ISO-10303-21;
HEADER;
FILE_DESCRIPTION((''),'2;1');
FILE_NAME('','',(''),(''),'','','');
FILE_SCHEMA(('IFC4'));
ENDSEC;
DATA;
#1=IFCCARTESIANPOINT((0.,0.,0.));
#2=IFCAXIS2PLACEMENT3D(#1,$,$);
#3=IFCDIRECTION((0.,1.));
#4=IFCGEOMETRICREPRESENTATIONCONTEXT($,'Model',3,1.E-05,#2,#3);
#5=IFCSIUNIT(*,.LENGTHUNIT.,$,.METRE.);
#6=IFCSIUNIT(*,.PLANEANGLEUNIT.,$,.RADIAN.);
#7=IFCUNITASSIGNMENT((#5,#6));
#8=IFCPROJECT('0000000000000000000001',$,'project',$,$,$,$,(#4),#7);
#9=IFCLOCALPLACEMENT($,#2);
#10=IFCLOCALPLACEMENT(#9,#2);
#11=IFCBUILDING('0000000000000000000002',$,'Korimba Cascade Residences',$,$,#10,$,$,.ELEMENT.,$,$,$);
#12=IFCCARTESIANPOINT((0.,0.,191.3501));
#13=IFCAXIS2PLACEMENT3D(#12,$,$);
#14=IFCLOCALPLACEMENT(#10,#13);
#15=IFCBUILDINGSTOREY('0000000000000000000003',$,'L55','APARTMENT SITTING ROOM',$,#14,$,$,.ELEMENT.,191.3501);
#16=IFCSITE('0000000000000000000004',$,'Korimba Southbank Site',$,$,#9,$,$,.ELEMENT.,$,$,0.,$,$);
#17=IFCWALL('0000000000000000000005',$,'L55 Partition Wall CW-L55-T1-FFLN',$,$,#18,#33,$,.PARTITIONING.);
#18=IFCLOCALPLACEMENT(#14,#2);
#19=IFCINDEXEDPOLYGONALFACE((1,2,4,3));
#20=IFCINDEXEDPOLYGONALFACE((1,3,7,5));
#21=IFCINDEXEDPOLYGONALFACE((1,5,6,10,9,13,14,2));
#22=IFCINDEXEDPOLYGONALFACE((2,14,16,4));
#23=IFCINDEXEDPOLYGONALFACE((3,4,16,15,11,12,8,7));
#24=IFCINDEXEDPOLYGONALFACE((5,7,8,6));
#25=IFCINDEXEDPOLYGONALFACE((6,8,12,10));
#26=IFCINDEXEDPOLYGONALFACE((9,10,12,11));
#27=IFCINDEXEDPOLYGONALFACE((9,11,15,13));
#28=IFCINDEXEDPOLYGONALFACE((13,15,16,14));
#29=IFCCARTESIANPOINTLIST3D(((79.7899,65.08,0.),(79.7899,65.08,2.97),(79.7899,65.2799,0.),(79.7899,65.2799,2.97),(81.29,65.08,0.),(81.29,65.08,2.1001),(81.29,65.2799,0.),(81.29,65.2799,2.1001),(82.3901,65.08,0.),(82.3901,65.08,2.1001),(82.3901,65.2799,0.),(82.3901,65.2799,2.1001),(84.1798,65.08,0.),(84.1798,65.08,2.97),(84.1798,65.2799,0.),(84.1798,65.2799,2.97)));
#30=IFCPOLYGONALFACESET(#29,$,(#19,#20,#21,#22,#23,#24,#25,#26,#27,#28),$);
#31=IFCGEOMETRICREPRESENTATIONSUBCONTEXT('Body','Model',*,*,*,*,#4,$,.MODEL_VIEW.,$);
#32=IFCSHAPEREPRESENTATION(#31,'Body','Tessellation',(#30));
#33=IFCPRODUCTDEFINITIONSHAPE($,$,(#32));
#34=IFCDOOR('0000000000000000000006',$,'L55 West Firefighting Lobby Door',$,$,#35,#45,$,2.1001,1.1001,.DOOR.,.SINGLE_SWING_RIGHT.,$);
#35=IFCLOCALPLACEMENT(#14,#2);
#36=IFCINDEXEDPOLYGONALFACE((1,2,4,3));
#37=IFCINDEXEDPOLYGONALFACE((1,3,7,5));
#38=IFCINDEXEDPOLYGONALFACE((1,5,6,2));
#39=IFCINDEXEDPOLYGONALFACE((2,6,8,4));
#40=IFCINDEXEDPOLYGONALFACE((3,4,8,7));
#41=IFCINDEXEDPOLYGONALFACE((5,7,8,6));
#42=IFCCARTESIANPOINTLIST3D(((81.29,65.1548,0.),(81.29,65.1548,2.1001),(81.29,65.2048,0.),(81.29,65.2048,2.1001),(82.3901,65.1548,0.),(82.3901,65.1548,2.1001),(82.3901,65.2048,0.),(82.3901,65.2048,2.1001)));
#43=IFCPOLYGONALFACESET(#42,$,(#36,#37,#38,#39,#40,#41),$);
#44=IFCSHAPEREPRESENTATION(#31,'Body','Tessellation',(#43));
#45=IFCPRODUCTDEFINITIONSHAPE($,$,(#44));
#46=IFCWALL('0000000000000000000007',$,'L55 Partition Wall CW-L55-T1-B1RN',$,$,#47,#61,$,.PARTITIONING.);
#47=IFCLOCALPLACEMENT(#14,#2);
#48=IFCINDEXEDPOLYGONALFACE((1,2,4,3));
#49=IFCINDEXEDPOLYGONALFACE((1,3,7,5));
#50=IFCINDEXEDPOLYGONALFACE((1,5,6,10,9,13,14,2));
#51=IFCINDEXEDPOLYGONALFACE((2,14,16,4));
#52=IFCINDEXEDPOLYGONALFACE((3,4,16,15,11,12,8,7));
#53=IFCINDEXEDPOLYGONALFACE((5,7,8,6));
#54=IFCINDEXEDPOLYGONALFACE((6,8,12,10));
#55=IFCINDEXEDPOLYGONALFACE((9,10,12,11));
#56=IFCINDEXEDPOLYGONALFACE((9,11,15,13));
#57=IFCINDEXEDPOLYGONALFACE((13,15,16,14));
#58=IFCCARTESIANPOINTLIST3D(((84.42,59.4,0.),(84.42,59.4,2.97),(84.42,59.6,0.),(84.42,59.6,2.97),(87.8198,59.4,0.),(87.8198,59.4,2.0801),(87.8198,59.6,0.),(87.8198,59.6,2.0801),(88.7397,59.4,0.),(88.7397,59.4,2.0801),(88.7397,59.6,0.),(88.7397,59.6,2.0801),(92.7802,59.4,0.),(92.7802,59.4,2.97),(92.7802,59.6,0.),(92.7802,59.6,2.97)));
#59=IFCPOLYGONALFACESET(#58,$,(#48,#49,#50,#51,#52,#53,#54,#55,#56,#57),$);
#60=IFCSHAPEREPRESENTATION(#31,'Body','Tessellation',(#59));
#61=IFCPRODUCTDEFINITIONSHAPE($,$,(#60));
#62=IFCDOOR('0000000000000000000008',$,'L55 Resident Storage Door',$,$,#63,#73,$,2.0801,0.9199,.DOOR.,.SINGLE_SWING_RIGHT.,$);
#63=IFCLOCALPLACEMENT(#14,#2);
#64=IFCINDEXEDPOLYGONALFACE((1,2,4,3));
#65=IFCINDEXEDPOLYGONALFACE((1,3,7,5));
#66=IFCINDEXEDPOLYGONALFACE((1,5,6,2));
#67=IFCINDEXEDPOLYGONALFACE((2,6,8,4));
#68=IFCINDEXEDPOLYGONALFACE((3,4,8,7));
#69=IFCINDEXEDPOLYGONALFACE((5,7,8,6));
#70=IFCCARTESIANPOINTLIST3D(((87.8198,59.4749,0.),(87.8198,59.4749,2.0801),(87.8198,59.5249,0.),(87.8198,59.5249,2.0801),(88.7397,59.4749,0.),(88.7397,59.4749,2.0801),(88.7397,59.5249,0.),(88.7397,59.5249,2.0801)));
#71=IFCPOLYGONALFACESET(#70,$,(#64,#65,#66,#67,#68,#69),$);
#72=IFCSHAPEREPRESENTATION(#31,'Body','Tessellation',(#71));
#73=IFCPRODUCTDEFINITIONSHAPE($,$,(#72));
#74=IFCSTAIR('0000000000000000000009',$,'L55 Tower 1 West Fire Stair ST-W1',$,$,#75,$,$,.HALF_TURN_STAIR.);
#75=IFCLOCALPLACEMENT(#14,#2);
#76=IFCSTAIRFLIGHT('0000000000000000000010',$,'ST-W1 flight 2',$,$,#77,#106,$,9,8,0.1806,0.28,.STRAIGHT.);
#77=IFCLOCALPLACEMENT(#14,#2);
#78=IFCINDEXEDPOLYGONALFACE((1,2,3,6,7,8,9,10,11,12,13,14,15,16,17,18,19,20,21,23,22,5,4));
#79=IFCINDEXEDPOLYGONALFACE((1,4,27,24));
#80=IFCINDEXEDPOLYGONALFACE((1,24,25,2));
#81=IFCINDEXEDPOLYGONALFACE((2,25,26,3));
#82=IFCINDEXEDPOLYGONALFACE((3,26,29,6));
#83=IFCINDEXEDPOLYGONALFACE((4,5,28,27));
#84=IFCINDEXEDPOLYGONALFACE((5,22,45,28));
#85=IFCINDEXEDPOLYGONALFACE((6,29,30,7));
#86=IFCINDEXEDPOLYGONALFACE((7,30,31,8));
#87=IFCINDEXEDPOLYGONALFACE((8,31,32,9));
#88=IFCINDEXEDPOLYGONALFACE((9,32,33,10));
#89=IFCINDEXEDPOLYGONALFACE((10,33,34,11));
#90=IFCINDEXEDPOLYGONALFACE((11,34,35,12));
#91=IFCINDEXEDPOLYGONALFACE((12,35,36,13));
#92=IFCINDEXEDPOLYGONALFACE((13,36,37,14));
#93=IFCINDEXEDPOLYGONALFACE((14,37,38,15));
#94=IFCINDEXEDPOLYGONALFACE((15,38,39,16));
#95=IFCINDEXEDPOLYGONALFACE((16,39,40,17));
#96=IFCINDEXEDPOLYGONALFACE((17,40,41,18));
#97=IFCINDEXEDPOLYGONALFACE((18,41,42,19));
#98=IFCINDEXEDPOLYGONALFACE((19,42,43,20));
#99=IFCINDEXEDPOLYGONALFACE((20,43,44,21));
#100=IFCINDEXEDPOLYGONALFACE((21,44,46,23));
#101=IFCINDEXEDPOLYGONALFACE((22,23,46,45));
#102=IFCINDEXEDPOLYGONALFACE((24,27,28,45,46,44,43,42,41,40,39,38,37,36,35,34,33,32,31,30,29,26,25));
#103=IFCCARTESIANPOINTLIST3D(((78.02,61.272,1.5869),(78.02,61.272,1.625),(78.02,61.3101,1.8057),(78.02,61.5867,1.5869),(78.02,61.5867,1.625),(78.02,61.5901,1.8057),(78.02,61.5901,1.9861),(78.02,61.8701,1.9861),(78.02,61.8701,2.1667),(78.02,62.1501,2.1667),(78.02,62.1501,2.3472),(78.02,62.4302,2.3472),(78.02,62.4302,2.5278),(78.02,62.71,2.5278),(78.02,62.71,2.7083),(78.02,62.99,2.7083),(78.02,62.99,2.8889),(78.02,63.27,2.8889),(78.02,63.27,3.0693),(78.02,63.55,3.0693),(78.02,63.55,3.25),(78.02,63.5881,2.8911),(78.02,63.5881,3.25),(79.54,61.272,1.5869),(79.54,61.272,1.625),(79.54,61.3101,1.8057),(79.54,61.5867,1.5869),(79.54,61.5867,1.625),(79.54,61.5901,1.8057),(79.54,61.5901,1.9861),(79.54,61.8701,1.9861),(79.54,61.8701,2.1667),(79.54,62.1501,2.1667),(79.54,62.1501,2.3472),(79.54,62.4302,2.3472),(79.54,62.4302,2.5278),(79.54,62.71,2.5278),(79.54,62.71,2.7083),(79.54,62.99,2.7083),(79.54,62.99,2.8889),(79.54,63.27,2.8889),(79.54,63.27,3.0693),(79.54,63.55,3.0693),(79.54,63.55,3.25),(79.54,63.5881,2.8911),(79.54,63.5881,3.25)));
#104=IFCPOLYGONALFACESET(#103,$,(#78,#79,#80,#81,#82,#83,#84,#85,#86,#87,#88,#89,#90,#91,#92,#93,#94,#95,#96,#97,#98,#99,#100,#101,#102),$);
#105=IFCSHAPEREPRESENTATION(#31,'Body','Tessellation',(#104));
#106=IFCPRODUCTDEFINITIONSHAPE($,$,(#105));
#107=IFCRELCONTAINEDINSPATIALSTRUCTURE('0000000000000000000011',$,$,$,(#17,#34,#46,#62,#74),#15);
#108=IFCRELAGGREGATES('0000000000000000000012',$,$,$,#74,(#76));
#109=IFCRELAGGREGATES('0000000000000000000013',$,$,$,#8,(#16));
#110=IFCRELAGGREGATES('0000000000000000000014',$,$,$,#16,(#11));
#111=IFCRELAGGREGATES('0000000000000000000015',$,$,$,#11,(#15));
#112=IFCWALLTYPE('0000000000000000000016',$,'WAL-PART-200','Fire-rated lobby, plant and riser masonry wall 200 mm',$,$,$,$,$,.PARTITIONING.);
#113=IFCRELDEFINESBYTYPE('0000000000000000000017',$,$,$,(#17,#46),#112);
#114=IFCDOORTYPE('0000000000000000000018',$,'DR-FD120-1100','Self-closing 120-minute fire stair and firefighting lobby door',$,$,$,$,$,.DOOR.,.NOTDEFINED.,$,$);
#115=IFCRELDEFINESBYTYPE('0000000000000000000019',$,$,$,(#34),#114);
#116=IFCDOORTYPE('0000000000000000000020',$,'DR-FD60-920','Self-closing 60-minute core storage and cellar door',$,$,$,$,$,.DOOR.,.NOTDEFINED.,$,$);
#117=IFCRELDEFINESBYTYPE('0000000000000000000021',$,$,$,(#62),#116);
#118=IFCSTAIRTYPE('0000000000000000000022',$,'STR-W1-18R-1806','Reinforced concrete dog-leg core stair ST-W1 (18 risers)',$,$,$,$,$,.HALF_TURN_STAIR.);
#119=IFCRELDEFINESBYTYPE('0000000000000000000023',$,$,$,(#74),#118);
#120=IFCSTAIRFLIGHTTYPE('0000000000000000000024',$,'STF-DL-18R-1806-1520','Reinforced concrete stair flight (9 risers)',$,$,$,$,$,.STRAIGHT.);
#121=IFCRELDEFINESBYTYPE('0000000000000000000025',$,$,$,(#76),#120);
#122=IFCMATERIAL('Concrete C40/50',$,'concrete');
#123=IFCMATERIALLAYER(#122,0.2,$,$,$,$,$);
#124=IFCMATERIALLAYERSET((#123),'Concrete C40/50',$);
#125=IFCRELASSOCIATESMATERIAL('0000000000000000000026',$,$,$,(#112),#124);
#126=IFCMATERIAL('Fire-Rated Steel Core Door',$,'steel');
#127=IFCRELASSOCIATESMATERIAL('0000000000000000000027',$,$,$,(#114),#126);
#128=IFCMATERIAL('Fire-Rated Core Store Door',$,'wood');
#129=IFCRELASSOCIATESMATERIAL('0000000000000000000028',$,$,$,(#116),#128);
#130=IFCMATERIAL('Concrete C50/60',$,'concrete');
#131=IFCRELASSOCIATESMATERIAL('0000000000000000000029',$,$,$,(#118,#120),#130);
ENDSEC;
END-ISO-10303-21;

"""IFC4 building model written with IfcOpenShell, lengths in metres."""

from ifc_helpers import new_model, si_unit, direction, frame, frame_2d, origin, place, context, subcontext, project, spatial, polyline, rectangle, outline, extrude, material, layer, layer_set, type_object, element, fill, aggregate, save


model = new_model("IFC4")

# Units and contexts
model_context = context("Model", 3, precision=1e-05, world=origin(), true_north=direction((0.0, 1.0)))
body_context = subcontext(model_context, "Body", "Model", "MODEL_VIEW")
ifc_project = project(units=[si_unit("LENGTHUNIT", "METRE"), si_unit("PLANEANGLEUNIT", "RADIAN")], contexts=[model_context])

# Site, building, storey
site_placement = place(None, origin())
site = spatial("IfcSite", under=ifc_project, at=site_placement, Name="Korimba Southbank Site", CompositionType="ELEMENT", RefElevation=0.0)
building_placement = place(site_placement, origin())
building = spatial("IfcBuilding", under=site, at=building_placement, Name="Korimba Cascade Residences", CompositionType="ELEMENT")
storey_placement = place(building_placement, frame((0.0, 0.0, 191.3501)))
storey = spatial("IfcBuildingStorey", under=building, at=storey_placement, Name="L55", Description="APARTMENT SITTING ROOM", CompositionType="ELEMENT", Elevation=191.3501)

# Walls, openings, doors
ifc_material_1 = material(Name="Concrete C40/50", Category="concrete")
ifc_layer = layer(ifc_material_1, 0.2)
ifc_layer_set = layer_set([ifc_layer], Name="Concrete C40/50")
wall_type = type_object("IfcWallType", Name="WAL-PART-200", Description="Fire-rated lobby, plant and riser masonry wall 200 mm", PredefinedType="PARTITIONING", material=ifc_layer_set)
wall_1_placement = place(storey_placement, frame((79.79, 65.1799, 0.0), z_axis=(0.0, 0.0, 1.0), x_axis=(1.0, 0.0, 0.0)))
wall_1 = element("IfcWall", 1, at=wall_1_placement, inside=storey, type_object=wall_type, Name="L55 Partition Wall CW-L55-T1-FFLN", PredefinedType="PARTITIONING", context=body_context, shape_type="SweptSolid", body=[
    extrude(rectangle(XDim=4.3899, YDim=0.2, at=frame_2d((2.1948, 0.0))), origin(), (0.0, 0.0, 1.0), 2.97),
])
opening_1_placement = place(wall_1_placement, frame((1.5, 0.0, 0.0)))
opening_1 = element("IfcOpeningElement", 2, at=opening_1_placement, cuts=wall_1, PredefinedType="OPENING", context=body_context, shape_type="SweptSolid", body=[
    extrude(rectangle(XDim=1.1001, YDim=2.1001, at=frame_2d((0.55, 1.05))), frame((0.0, 0.1099, 0.0), z_axis=(0.0, -1.0, 0.0), x_axis=(1.0, 0.0, 0.0)), (0.0, 0.0, 1.0), 0.22),
])
ifc_material_2 = material(Name="Fire-Rated Steel Core Door", Category="steel")
door_type_1 = type_object("IfcDoorType", Name="DR-FD120-1100", Description="Self-closing 120-minute fire stair and firefighting lobby door", OperationType="NOTDEFINED", PredefinedType="DOOR", material=ifc_material_2)
door_1_placement = place(opening_1_placement, origin())
door_1 = element("IfcDoor", 3, at=door_1_placement, inside=storey, type_object=door_type_1, Name="L55 West Firefighting Lobby Door", OperationType="SINGLE_SWING_RIGHT", OverallHeight=2.1001, OverallWidth=1.1001, PredefinedType="DOOR", context=body_context, shape_type="SweptSolid", body=[
    extrude(rectangle(XDim=1.1001, YDim=2.1001, at=frame_2d((0.55, 1.05))), frame((0.0, 0.0249, 0.0), z_axis=(0.0, -1.0, 0.0), x_axis=(1.0, 0.0, 0.0)), (0.0, 0.0, 1.0), 0.05),
])
fill(opening_1, door_1)
wall_2_placement = place(storey_placement, frame((84.4199, 59.5, 0.0), z_axis=(0.0, 0.0, 1.0), x_axis=(1.0, 0.0, 0.0)))
wall_2 = element("IfcWall", 4, at=wall_2_placement, inside=storey, type_object=wall_type, Name="L55 Partition Wall CW-L55-T1-B1RN", PredefinedType="PARTITIONING", context=body_context, shape_type="SweptSolid", body=[
    extrude(rectangle(XDim=8.3601, YDim=0.2, at=frame_2d((4.1802, 0.0))), origin(), (0.0, 0.0, 1.0), 2.97),
])
opening_2_placement = place(wall_2_placement, frame((3.3999, 0.0, 0.0)))
opening_2 = element("IfcOpeningElement", 5, at=opening_2_placement, cuts=wall_2, PredefinedType="OPENING", context=body_context, shape_type="SweptSolid", body=[
    extrude(rectangle(XDim=0.9199, YDim=2.0801, at=frame_2d((0.46, 1.04))), frame((0.0, 0.1099, 0.0), z_axis=(0.0, -1.0, 0.0), x_axis=(1.0, 0.0, 0.0)), (0.0, 0.0, 1.0), 0.22),
])
ifc_material_3 = material(Name="Fire-Rated Core Store Door", Category="wood")
door_type_2 = type_object("IfcDoorType", Name="DR-FD60-920", Description="Self-closing 60-minute core storage and cellar door", OperationType="NOTDEFINED", PredefinedType="DOOR", material=ifc_material_3)
door_2_placement = place(opening_2_placement, origin())
door_2 = element("IfcDoor", 6, at=door_2_placement, inside=storey, type_object=door_type_2, Name="L55 Resident Storage Door", OperationType="SINGLE_SWING_RIGHT", OverallHeight=2.0801, OverallWidth=0.9199, PredefinedType="DOOR", context=body_context, shape_type="SweptSolid", body=[
    extrude(rectangle(XDim=0.9199, YDim=2.0801, at=frame_2d((0.46, 1.04))), frame((0.0, 0.0249, 0.0), z_axis=(0.0, -1.0, 0.0), x_axis=(1.0, 0.0, 0.0)), (0.0, 0.0, 1.0), 0.05),
])
fill(opening_2, door_2)

# Stair, stair flight
ifc_material_4 = material(Name="Concrete C50/60", Category="concrete")
stair_type = type_object("IfcStairType", Name="STR-W1-18R-1806", Description="Reinforced concrete dog-leg core stair ST-W1 (18 risers)", PredefinedType="HALF_TURN_STAIR", material=ifc_material_4)
stair_placement = place(storey_placement, origin())
stair = element("IfcStair", 7, at=stair_placement, inside=storey, type_object=stair_type, Name="L55 Tower 1 West Fire Stair ST-W1", PredefinedType="HALF_TURN_STAIR")
stair_flight_type = type_object("IfcStairFlightType", Name="STF-DL-18R-1806-1520", Description="Reinforced concrete stair flight (9 risers)", PredefinedType="STRAIGHT", material=ifc_material_4)
stair_flight_placement = place(storey_placement, frame((78.78, 61.3101, 1.625), z_axis=(0.0, 0.0, 1.0), x_axis=(0.0, 1.0, 0.0)))
stair_flight = element("IfcStairFlight", 8, at=stair_flight_placement, type_object=stair_flight_type, Name="ST-W1 flight 2", NumberOfRisers=9, NumberOfTreads=8, PredefinedType="STRAIGHT", RiserHeight=0.1806, TreadLength=0.28, context=body_context, shape_type="SweptSolid", body=[
    extrude(outline(polyline([(-0.0381, 0.0), (0.0, 0.1807), (0.28, 0.1807), (0.28, 0.3611), (0.5601, 0.3611), (0.5601, 0.5417), (0.8401, 0.5417), (0.8401, 0.7222), (1.1201, 0.7222), (1.1201, 0.9028), (1.3999, 0.9028), (1.3999, 1.0833), (1.6799, 1.0833), (1.6799, 1.2639), (1.96, 1.2639), (1.96, 1.4443), (2.24, 1.4443), (2.24, 1.625), (2.2781, 1.625), (2.2781, 1.2661), (0.2766, 0.0), (0.2766, -0.0381), (-0.0381, -0.0381), (-0.0381, 0.0)])), frame((0.0, 0.76, 0.0), z_axis=(0.0, -1.0, 0.0), x_axis=(1.0, 0.0, 0.0)), (0.0, 0.0, 1.0), 1.52),
])
aggregate(stair, [stair_flight])

save(model, "model.ifc")
